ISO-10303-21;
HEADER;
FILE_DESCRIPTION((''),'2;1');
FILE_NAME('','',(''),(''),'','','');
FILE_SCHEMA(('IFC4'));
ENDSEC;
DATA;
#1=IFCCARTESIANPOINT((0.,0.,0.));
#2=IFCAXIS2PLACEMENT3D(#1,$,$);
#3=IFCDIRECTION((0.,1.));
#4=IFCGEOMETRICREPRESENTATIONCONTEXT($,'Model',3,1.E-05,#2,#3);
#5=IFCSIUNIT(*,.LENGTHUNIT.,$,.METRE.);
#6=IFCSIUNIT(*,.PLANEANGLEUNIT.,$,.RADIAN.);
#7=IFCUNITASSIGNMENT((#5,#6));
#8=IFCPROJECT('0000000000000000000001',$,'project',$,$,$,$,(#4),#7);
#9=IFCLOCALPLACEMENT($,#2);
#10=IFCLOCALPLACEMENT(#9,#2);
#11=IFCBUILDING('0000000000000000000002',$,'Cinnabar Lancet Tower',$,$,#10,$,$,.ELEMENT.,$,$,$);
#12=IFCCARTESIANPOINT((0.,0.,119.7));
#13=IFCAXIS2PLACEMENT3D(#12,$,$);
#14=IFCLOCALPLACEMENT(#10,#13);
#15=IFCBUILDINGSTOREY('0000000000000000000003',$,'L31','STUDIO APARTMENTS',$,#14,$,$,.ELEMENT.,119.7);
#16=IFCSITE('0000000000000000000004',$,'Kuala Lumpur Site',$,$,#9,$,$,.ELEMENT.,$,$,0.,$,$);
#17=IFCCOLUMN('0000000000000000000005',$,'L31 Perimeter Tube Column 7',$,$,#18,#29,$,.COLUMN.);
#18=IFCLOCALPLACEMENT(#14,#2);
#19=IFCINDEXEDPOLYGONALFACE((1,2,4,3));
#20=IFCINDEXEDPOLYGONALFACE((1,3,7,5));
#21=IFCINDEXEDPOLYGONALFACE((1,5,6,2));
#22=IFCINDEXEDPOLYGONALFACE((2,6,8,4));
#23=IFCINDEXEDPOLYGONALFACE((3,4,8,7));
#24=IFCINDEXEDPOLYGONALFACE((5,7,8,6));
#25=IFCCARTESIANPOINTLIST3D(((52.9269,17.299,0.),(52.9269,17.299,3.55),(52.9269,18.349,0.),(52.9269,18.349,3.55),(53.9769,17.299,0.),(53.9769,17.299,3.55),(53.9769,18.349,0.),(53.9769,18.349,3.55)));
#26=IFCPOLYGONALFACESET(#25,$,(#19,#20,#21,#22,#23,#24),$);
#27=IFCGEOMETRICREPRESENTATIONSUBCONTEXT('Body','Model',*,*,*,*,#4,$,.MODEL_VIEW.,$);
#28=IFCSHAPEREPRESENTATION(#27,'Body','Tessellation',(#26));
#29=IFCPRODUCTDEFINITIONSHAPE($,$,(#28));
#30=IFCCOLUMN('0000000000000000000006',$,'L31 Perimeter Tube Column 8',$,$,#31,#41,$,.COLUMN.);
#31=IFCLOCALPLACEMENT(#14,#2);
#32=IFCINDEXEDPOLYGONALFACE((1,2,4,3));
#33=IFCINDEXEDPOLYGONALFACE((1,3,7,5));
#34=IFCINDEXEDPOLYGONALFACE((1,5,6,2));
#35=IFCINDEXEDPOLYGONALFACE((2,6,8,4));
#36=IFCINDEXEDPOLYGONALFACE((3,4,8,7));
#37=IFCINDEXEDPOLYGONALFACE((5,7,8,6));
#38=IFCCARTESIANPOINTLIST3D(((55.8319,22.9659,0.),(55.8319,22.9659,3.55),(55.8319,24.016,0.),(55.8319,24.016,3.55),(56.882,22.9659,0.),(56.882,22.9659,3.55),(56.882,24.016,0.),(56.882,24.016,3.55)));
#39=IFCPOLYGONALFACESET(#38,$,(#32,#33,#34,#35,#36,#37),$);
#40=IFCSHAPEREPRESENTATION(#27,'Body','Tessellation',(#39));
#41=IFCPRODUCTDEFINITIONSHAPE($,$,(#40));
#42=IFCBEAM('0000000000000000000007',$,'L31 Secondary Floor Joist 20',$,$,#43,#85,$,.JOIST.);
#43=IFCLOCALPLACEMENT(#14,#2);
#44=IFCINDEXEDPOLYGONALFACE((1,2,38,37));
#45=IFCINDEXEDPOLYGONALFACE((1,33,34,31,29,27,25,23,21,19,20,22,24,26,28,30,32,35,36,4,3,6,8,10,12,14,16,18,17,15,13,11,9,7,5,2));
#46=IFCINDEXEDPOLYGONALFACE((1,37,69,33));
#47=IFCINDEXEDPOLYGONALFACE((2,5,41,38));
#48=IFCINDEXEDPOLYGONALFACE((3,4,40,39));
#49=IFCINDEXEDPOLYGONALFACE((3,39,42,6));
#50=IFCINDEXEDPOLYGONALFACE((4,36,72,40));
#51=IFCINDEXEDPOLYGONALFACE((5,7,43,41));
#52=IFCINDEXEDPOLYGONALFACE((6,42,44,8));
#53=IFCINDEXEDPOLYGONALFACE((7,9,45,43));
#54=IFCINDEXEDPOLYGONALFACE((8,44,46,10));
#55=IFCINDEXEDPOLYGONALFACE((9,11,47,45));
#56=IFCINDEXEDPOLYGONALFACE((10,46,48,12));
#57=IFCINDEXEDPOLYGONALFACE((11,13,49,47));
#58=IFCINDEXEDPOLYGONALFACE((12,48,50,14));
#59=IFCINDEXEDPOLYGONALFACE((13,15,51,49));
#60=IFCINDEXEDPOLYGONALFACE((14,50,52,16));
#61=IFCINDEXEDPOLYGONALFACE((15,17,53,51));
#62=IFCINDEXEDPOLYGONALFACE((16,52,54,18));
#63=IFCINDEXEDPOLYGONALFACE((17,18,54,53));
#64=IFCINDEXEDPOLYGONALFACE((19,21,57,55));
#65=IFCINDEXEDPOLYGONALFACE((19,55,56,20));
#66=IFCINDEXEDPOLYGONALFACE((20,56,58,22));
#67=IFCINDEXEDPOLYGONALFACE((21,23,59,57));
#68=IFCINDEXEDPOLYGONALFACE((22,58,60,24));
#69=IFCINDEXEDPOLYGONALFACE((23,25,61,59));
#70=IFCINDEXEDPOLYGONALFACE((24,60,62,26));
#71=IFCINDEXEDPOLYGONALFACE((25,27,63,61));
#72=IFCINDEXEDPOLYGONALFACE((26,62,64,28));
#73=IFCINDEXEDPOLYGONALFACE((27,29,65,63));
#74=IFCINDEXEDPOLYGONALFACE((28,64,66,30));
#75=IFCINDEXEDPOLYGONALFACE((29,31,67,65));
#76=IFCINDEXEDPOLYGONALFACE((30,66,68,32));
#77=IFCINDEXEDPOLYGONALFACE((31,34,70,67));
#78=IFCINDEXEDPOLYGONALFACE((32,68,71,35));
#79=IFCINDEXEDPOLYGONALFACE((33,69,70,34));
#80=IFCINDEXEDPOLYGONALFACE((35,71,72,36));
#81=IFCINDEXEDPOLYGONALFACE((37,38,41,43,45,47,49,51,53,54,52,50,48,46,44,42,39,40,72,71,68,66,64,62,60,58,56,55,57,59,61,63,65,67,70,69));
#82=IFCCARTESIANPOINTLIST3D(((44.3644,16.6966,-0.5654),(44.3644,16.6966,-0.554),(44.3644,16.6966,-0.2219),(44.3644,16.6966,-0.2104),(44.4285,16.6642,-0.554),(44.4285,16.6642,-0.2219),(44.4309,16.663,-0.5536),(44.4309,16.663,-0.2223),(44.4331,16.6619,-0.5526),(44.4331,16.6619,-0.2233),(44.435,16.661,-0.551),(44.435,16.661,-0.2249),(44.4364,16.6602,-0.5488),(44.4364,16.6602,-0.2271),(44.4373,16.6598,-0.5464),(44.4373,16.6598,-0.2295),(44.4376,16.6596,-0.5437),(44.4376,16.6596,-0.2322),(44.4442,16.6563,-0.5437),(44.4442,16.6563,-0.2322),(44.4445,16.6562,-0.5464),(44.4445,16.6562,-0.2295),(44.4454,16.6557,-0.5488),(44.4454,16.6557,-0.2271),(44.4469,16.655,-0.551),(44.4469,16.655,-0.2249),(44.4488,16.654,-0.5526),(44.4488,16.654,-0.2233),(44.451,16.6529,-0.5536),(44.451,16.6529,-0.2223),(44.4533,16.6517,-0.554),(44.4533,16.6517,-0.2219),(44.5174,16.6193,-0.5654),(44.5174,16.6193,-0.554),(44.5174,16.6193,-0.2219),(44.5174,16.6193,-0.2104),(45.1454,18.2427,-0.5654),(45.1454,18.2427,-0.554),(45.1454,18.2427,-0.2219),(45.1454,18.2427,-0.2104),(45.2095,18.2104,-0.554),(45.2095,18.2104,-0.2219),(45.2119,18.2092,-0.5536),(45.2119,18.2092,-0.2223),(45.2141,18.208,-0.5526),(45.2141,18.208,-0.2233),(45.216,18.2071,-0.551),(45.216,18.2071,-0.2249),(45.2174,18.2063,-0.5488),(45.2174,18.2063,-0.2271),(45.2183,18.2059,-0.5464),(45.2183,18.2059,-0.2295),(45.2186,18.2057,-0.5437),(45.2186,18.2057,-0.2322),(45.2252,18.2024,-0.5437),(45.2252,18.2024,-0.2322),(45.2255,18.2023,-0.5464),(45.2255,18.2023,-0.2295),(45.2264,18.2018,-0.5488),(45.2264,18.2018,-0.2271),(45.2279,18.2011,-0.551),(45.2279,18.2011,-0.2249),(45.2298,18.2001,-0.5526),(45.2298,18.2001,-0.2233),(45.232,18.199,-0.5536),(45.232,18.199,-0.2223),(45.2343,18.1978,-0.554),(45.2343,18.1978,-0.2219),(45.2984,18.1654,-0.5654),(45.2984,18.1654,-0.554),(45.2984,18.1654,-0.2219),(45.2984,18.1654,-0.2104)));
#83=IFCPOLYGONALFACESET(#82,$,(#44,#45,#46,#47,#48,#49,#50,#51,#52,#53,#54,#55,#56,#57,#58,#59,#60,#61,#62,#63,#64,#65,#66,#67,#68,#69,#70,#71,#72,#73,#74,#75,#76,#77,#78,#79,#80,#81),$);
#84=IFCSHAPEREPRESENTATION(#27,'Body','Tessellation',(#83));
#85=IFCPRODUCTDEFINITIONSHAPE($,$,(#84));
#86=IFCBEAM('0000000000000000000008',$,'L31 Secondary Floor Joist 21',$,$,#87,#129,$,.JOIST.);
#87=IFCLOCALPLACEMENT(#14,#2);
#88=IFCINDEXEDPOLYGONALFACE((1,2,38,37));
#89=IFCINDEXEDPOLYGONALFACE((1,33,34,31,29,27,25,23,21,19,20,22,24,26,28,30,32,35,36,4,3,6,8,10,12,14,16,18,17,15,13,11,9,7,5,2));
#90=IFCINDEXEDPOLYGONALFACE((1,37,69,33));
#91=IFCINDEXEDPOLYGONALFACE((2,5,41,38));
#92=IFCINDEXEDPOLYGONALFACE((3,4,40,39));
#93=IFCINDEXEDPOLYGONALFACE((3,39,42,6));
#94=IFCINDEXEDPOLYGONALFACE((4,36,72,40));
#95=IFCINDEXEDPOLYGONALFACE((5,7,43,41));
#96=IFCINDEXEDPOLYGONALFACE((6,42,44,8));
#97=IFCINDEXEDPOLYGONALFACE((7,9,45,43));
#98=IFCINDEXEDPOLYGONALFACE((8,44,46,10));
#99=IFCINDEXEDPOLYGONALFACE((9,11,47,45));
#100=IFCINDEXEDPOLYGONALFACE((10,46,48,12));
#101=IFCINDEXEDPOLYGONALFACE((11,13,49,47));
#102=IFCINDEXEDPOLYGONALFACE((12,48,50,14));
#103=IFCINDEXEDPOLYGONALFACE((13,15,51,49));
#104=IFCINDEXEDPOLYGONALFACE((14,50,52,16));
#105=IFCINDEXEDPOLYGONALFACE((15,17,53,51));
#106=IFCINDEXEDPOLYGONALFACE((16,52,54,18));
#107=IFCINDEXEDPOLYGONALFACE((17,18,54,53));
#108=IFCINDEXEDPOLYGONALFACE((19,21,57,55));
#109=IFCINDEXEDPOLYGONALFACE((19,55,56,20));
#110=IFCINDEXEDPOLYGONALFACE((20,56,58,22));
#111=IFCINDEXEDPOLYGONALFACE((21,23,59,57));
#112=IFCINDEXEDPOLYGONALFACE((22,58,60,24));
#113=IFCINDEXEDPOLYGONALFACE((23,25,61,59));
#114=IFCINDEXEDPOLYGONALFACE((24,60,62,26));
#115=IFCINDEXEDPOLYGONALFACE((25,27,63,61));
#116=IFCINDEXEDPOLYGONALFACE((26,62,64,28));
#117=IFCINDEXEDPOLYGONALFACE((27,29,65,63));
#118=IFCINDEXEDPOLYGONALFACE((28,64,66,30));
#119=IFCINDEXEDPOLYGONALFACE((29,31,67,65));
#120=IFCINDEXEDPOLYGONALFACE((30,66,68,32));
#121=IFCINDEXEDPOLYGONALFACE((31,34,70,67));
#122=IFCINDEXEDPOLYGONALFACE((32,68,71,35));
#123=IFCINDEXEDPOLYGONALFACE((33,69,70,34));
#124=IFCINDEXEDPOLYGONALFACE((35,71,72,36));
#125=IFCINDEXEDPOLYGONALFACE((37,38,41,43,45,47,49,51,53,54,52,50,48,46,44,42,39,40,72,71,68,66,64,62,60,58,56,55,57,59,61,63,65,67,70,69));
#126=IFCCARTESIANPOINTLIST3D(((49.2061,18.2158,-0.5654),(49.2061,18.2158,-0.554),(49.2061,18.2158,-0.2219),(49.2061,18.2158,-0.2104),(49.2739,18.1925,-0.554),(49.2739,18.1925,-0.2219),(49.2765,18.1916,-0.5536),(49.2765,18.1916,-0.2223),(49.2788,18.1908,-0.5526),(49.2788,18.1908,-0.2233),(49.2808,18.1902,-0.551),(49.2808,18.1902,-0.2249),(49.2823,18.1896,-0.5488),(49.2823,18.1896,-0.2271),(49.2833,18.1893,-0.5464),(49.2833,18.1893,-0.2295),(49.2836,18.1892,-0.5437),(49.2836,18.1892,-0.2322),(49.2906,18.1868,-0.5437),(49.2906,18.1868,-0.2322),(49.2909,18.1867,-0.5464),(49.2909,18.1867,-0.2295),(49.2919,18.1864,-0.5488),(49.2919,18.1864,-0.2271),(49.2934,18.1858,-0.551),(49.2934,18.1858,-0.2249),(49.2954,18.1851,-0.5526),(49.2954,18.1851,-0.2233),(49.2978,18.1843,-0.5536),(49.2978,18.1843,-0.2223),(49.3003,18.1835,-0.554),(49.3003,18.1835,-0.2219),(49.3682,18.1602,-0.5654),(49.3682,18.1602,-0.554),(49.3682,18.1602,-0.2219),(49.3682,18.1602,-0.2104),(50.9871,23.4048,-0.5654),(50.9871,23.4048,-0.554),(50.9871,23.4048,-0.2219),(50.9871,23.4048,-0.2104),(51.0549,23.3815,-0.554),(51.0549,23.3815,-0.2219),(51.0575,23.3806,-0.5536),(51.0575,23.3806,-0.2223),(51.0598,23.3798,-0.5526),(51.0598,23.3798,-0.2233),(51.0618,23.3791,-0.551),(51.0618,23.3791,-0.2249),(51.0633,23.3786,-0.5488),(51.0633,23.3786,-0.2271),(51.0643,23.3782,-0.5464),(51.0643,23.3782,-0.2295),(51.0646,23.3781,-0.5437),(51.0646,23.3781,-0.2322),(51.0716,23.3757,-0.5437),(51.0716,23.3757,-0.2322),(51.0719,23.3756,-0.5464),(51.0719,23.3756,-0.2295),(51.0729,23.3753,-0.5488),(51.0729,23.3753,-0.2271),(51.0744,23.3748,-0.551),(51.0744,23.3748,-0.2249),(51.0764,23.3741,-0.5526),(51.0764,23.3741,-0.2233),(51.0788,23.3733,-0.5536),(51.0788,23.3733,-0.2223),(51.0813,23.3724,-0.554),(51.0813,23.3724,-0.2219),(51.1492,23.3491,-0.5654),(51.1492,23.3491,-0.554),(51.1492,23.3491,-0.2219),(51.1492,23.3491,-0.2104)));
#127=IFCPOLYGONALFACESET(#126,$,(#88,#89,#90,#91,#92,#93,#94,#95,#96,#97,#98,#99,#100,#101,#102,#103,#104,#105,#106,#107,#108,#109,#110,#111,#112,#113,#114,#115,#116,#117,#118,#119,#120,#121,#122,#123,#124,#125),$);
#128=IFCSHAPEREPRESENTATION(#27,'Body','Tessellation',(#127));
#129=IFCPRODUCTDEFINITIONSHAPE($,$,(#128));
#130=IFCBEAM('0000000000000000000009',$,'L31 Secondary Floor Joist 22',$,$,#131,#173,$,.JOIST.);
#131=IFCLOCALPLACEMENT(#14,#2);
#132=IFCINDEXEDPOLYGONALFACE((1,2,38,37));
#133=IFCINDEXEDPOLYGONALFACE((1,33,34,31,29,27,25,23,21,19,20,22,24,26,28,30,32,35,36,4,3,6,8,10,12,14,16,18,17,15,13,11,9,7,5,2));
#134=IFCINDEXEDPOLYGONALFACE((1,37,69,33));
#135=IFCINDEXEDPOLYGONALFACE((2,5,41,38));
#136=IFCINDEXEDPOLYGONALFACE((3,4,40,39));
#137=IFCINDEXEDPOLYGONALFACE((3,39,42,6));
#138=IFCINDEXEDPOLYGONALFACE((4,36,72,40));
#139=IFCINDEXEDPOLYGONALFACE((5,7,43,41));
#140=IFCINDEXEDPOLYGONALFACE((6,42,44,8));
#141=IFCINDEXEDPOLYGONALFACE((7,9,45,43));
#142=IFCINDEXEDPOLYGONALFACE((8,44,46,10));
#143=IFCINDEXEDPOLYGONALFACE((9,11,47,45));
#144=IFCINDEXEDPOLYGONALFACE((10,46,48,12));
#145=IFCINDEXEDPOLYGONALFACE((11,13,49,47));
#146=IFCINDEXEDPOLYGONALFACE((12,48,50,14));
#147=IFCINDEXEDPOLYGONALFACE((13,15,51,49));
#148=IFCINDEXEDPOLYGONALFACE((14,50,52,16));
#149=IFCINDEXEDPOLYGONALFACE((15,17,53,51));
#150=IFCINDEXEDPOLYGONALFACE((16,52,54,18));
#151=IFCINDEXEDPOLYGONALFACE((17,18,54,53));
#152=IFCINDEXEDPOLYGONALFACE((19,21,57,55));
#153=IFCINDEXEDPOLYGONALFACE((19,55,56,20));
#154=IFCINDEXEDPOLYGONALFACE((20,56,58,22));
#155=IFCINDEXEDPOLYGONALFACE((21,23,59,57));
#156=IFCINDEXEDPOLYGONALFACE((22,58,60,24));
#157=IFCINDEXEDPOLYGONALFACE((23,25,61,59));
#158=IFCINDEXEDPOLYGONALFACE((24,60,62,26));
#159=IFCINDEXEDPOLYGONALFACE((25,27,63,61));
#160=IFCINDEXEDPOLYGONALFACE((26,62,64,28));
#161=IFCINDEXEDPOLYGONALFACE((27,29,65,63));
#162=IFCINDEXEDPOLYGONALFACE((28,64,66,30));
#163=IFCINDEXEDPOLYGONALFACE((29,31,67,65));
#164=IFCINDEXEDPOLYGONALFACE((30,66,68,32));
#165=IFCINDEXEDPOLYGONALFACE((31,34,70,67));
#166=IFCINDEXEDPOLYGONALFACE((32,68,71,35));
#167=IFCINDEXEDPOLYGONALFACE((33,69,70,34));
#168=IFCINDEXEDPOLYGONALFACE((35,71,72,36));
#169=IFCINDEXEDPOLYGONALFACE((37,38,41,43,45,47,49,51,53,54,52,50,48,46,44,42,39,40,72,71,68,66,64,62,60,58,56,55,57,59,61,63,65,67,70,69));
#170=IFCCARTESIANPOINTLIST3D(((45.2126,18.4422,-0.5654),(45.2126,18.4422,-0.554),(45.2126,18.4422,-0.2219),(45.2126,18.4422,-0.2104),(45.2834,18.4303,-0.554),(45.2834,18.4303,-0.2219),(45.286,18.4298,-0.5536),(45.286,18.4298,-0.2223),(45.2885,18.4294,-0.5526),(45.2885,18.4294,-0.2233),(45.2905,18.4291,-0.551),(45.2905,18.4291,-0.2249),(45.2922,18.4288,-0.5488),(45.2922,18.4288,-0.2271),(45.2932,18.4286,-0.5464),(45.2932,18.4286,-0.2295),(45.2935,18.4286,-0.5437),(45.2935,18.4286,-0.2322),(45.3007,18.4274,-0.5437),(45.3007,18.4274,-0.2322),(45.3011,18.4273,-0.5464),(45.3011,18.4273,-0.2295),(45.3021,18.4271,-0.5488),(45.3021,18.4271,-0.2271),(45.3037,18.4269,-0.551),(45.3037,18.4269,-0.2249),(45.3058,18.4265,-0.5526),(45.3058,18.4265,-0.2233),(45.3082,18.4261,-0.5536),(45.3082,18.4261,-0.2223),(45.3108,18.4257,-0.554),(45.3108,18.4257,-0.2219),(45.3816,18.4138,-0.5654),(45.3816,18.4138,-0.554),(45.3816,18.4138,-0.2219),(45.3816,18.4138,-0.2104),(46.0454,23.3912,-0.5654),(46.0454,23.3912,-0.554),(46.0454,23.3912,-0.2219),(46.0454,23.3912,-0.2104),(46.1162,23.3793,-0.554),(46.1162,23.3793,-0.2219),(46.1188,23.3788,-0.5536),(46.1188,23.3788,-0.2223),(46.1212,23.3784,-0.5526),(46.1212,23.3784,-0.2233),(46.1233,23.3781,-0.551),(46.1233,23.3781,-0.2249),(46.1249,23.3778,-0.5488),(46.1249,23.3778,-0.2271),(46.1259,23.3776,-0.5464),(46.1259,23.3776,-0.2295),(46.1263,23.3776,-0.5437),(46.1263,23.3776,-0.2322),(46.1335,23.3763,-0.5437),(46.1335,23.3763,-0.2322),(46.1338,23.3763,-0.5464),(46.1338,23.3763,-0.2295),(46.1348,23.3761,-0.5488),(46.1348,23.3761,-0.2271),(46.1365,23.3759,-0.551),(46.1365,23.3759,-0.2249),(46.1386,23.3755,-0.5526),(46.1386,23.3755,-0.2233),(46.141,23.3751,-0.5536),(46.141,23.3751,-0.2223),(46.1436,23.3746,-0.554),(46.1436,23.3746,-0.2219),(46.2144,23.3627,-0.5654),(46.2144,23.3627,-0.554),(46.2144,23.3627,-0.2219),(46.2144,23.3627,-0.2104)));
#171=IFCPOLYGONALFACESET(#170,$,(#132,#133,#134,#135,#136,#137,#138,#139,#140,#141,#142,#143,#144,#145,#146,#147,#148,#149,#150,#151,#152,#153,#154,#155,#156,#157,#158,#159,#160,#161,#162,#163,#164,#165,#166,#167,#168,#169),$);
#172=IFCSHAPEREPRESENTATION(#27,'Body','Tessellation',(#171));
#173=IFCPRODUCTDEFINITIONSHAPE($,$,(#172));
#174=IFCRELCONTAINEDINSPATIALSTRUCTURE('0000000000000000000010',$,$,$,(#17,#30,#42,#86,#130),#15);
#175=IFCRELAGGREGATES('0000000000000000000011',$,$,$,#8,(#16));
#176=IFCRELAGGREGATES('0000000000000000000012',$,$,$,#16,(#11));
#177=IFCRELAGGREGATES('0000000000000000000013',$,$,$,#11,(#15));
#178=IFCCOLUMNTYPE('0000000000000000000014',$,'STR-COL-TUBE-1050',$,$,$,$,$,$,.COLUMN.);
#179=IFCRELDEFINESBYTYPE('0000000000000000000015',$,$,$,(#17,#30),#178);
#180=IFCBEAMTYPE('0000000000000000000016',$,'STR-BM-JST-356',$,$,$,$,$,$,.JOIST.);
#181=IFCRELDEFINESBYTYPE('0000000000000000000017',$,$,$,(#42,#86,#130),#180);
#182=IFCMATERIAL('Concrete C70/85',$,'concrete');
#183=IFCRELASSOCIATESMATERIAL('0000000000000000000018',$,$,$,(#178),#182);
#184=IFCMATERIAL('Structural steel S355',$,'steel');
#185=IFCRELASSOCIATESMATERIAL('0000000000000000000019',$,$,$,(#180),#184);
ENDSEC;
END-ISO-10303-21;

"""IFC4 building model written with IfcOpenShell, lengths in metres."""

from ifc_helpers import new_model, si_unit, direction, frame, origin, origin_2d, place, context, subcontext, project, spatial, rectangle, i_section, extrude, material, material_profile, profile_set, type_object, element, save


model = new_model("IFC4")

# Units and contexts
model_context = context("Model", 3, precision=1e-05, world=origin(), true_north=direction((0.0, 1.0)))
body_context = subcontext(model_context, "Body", "Model", "MODEL_VIEW")
ifc_project = project(units=[si_unit("LENGTHUNIT", "METRE"), si_unit("PLANEANGLEUNIT", "RADIAN")], contexts=[model_context])

# Site, building, storey
site_placement = place(None, origin())
site = spatial("IfcSite", under=ifc_project, at=site_placement, Name="Kuala Lumpur Site", CompositionType="ELEMENT", RefElevation=0.0)
building_placement = place(site_placement, origin())
building = spatial("IfcBuilding", under=site, at=building_placement, Name="Cinnabar Lancet Tower", CompositionType="ELEMENT")
storey_placement = place(building_placement, frame((0.0, 0.0, 119.7)))
storey = spatial("IfcBuildingStorey", under=building, at=storey_placement, Name="L31", Description="STUDIO APARTMENTS", CompositionType="ELEMENT", Elevation=119.7)

# Columns
ifc_material_1 = material(Name="Concrete C70/85", Category="concrete")
ifc_material_profile_1 = material_profile(ifc_material_1, rectangle(XDim=1.05, YDim=1.05, at=origin_2d()), Name="RC-COL 1050x1050")
ifc_profile_set_1 = profile_set([ifc_material_profile_1], Name="Concrete C70/85")
column_type = type_object("IfcColumnType", Name="STR-COL-TUBE-1050", PredefinedType="COLUMN", material=ifc_profile_set_1)
for number, where, z_axis, x_axis, name in (
    (1, (53.4519, 17.824, 0.0), (0.0, 0.0, 1.0), (1.0, 0.0, 0.0), "L31 Perimeter Tube Column 7"),
    (2, (56.3569, 23.491, 0.0), (0.0, 0.0, 1.0), (1.0, 0.0, 0.0), "L31 Perimeter Tube Column 8"),
):
    element("IfcColumn", number, at=place(storey_placement, frame(where, z_axis=z_axis, x_axis=x_axis)), inside=storey, type_object=column_type, Name=name, PredefinedType="COLUMN", context=body_context, shape_type="SweptSolid", body=[
        extrude(rectangle(XDim=1.05, YDim=1.05, at=origin_2d()), origin(), (0.0, 0.0, 1.0), 3.55),
    ])

# Beams
ifc_material_2 = material(Name="Structural steel S355", Category="steel")
ifc_material_profile_2 = material_profile(ifc_material_2, i_section(OverallWidth=0.1714, OverallDepth=0.355, WebThickness=0.0073, FlangeThickness=0.0115, FilletRadius=0.0103, at=origin_2d()), Name="UKB 356x171x51")
ifc_profile_set_2 = profile_set([ifc_material_profile_2], Name="Structural steel S355")
beam_type_1 = type_object("IfcBeamType", Name="STR-BM-JST-356", PredefinedType="JOIST", material=ifc_profile_set_2)
beam_1_placement = place(storey_placement, frame((44.4409, 16.658, -0.3879), z_axis=(0.450874, 0.892587, 0.0), x_axis=(-0.892587, 0.450874, 0.0)))
element("IfcBeam", 3, at=beam_1_placement, inside=storey, type_object=beam_type_1, Name="L31 Secondary Floor Joist 20", PredefinedType="JOIST", context=body_context, shape_type="SweptSolid", body=[
    extrude(i_section(OverallWidth=0.1714, OverallDepth=0.355, WebThickness=0.0073, FlangeThickness=0.0115, FilletRadius=0.0103, at=origin_2d()), origin(), (0.0, 0.0, 1.0), 1.7322),
])
beam_2_placement = place(storey_placement, frame((49.2871, 18.188, -0.3879), z_axis=(0.324639, 0.945838, 0.0), x_axis=(-0.945838, 0.324639, 0.0)))
element("IfcBeam", 4, at=beam_2_placement, inside=storey, type_object=beam_type_1, Name="L31 Secondary Floor Joist 21", PredefinedType="JOIST", context=body_context, shape_type="SweptSolid", body=[
    extrude(i_section(OverallWidth=0.1714, OverallDepth=0.355, WebThickness=0.0073, FlangeThickness=0.0115, FilletRadius=0.0103, at=origin_2d()), origin(), (0.0, 0.0, 1.0), 5.4861),
])
beam_3_placement = place(storey_placement, frame((45.2971, 18.428, -0.3879), z_axis=(0.165937, 0.986136, 0.0), x_axis=(-0.986136, 0.165937, 0.0)))
element("IfcBeam", 5, at=beam_3_placement, inside=storey, type_object=beam_type_1, Name="L31 Secondary Floor Joist 22", PredefinedType="JOIST", context=body_context, shape_type="SweptSolid", body=[
    extrude(i_section(OverallWidth=0.1714, OverallDepth=0.355, WebThickness=0.0073, FlangeThickness=0.0115, FilletRadius=0.0103, at=origin_2d()), origin(), (0.0, 0.0, 1.0), 5.0186),
])

save(model, "model.ifc")
